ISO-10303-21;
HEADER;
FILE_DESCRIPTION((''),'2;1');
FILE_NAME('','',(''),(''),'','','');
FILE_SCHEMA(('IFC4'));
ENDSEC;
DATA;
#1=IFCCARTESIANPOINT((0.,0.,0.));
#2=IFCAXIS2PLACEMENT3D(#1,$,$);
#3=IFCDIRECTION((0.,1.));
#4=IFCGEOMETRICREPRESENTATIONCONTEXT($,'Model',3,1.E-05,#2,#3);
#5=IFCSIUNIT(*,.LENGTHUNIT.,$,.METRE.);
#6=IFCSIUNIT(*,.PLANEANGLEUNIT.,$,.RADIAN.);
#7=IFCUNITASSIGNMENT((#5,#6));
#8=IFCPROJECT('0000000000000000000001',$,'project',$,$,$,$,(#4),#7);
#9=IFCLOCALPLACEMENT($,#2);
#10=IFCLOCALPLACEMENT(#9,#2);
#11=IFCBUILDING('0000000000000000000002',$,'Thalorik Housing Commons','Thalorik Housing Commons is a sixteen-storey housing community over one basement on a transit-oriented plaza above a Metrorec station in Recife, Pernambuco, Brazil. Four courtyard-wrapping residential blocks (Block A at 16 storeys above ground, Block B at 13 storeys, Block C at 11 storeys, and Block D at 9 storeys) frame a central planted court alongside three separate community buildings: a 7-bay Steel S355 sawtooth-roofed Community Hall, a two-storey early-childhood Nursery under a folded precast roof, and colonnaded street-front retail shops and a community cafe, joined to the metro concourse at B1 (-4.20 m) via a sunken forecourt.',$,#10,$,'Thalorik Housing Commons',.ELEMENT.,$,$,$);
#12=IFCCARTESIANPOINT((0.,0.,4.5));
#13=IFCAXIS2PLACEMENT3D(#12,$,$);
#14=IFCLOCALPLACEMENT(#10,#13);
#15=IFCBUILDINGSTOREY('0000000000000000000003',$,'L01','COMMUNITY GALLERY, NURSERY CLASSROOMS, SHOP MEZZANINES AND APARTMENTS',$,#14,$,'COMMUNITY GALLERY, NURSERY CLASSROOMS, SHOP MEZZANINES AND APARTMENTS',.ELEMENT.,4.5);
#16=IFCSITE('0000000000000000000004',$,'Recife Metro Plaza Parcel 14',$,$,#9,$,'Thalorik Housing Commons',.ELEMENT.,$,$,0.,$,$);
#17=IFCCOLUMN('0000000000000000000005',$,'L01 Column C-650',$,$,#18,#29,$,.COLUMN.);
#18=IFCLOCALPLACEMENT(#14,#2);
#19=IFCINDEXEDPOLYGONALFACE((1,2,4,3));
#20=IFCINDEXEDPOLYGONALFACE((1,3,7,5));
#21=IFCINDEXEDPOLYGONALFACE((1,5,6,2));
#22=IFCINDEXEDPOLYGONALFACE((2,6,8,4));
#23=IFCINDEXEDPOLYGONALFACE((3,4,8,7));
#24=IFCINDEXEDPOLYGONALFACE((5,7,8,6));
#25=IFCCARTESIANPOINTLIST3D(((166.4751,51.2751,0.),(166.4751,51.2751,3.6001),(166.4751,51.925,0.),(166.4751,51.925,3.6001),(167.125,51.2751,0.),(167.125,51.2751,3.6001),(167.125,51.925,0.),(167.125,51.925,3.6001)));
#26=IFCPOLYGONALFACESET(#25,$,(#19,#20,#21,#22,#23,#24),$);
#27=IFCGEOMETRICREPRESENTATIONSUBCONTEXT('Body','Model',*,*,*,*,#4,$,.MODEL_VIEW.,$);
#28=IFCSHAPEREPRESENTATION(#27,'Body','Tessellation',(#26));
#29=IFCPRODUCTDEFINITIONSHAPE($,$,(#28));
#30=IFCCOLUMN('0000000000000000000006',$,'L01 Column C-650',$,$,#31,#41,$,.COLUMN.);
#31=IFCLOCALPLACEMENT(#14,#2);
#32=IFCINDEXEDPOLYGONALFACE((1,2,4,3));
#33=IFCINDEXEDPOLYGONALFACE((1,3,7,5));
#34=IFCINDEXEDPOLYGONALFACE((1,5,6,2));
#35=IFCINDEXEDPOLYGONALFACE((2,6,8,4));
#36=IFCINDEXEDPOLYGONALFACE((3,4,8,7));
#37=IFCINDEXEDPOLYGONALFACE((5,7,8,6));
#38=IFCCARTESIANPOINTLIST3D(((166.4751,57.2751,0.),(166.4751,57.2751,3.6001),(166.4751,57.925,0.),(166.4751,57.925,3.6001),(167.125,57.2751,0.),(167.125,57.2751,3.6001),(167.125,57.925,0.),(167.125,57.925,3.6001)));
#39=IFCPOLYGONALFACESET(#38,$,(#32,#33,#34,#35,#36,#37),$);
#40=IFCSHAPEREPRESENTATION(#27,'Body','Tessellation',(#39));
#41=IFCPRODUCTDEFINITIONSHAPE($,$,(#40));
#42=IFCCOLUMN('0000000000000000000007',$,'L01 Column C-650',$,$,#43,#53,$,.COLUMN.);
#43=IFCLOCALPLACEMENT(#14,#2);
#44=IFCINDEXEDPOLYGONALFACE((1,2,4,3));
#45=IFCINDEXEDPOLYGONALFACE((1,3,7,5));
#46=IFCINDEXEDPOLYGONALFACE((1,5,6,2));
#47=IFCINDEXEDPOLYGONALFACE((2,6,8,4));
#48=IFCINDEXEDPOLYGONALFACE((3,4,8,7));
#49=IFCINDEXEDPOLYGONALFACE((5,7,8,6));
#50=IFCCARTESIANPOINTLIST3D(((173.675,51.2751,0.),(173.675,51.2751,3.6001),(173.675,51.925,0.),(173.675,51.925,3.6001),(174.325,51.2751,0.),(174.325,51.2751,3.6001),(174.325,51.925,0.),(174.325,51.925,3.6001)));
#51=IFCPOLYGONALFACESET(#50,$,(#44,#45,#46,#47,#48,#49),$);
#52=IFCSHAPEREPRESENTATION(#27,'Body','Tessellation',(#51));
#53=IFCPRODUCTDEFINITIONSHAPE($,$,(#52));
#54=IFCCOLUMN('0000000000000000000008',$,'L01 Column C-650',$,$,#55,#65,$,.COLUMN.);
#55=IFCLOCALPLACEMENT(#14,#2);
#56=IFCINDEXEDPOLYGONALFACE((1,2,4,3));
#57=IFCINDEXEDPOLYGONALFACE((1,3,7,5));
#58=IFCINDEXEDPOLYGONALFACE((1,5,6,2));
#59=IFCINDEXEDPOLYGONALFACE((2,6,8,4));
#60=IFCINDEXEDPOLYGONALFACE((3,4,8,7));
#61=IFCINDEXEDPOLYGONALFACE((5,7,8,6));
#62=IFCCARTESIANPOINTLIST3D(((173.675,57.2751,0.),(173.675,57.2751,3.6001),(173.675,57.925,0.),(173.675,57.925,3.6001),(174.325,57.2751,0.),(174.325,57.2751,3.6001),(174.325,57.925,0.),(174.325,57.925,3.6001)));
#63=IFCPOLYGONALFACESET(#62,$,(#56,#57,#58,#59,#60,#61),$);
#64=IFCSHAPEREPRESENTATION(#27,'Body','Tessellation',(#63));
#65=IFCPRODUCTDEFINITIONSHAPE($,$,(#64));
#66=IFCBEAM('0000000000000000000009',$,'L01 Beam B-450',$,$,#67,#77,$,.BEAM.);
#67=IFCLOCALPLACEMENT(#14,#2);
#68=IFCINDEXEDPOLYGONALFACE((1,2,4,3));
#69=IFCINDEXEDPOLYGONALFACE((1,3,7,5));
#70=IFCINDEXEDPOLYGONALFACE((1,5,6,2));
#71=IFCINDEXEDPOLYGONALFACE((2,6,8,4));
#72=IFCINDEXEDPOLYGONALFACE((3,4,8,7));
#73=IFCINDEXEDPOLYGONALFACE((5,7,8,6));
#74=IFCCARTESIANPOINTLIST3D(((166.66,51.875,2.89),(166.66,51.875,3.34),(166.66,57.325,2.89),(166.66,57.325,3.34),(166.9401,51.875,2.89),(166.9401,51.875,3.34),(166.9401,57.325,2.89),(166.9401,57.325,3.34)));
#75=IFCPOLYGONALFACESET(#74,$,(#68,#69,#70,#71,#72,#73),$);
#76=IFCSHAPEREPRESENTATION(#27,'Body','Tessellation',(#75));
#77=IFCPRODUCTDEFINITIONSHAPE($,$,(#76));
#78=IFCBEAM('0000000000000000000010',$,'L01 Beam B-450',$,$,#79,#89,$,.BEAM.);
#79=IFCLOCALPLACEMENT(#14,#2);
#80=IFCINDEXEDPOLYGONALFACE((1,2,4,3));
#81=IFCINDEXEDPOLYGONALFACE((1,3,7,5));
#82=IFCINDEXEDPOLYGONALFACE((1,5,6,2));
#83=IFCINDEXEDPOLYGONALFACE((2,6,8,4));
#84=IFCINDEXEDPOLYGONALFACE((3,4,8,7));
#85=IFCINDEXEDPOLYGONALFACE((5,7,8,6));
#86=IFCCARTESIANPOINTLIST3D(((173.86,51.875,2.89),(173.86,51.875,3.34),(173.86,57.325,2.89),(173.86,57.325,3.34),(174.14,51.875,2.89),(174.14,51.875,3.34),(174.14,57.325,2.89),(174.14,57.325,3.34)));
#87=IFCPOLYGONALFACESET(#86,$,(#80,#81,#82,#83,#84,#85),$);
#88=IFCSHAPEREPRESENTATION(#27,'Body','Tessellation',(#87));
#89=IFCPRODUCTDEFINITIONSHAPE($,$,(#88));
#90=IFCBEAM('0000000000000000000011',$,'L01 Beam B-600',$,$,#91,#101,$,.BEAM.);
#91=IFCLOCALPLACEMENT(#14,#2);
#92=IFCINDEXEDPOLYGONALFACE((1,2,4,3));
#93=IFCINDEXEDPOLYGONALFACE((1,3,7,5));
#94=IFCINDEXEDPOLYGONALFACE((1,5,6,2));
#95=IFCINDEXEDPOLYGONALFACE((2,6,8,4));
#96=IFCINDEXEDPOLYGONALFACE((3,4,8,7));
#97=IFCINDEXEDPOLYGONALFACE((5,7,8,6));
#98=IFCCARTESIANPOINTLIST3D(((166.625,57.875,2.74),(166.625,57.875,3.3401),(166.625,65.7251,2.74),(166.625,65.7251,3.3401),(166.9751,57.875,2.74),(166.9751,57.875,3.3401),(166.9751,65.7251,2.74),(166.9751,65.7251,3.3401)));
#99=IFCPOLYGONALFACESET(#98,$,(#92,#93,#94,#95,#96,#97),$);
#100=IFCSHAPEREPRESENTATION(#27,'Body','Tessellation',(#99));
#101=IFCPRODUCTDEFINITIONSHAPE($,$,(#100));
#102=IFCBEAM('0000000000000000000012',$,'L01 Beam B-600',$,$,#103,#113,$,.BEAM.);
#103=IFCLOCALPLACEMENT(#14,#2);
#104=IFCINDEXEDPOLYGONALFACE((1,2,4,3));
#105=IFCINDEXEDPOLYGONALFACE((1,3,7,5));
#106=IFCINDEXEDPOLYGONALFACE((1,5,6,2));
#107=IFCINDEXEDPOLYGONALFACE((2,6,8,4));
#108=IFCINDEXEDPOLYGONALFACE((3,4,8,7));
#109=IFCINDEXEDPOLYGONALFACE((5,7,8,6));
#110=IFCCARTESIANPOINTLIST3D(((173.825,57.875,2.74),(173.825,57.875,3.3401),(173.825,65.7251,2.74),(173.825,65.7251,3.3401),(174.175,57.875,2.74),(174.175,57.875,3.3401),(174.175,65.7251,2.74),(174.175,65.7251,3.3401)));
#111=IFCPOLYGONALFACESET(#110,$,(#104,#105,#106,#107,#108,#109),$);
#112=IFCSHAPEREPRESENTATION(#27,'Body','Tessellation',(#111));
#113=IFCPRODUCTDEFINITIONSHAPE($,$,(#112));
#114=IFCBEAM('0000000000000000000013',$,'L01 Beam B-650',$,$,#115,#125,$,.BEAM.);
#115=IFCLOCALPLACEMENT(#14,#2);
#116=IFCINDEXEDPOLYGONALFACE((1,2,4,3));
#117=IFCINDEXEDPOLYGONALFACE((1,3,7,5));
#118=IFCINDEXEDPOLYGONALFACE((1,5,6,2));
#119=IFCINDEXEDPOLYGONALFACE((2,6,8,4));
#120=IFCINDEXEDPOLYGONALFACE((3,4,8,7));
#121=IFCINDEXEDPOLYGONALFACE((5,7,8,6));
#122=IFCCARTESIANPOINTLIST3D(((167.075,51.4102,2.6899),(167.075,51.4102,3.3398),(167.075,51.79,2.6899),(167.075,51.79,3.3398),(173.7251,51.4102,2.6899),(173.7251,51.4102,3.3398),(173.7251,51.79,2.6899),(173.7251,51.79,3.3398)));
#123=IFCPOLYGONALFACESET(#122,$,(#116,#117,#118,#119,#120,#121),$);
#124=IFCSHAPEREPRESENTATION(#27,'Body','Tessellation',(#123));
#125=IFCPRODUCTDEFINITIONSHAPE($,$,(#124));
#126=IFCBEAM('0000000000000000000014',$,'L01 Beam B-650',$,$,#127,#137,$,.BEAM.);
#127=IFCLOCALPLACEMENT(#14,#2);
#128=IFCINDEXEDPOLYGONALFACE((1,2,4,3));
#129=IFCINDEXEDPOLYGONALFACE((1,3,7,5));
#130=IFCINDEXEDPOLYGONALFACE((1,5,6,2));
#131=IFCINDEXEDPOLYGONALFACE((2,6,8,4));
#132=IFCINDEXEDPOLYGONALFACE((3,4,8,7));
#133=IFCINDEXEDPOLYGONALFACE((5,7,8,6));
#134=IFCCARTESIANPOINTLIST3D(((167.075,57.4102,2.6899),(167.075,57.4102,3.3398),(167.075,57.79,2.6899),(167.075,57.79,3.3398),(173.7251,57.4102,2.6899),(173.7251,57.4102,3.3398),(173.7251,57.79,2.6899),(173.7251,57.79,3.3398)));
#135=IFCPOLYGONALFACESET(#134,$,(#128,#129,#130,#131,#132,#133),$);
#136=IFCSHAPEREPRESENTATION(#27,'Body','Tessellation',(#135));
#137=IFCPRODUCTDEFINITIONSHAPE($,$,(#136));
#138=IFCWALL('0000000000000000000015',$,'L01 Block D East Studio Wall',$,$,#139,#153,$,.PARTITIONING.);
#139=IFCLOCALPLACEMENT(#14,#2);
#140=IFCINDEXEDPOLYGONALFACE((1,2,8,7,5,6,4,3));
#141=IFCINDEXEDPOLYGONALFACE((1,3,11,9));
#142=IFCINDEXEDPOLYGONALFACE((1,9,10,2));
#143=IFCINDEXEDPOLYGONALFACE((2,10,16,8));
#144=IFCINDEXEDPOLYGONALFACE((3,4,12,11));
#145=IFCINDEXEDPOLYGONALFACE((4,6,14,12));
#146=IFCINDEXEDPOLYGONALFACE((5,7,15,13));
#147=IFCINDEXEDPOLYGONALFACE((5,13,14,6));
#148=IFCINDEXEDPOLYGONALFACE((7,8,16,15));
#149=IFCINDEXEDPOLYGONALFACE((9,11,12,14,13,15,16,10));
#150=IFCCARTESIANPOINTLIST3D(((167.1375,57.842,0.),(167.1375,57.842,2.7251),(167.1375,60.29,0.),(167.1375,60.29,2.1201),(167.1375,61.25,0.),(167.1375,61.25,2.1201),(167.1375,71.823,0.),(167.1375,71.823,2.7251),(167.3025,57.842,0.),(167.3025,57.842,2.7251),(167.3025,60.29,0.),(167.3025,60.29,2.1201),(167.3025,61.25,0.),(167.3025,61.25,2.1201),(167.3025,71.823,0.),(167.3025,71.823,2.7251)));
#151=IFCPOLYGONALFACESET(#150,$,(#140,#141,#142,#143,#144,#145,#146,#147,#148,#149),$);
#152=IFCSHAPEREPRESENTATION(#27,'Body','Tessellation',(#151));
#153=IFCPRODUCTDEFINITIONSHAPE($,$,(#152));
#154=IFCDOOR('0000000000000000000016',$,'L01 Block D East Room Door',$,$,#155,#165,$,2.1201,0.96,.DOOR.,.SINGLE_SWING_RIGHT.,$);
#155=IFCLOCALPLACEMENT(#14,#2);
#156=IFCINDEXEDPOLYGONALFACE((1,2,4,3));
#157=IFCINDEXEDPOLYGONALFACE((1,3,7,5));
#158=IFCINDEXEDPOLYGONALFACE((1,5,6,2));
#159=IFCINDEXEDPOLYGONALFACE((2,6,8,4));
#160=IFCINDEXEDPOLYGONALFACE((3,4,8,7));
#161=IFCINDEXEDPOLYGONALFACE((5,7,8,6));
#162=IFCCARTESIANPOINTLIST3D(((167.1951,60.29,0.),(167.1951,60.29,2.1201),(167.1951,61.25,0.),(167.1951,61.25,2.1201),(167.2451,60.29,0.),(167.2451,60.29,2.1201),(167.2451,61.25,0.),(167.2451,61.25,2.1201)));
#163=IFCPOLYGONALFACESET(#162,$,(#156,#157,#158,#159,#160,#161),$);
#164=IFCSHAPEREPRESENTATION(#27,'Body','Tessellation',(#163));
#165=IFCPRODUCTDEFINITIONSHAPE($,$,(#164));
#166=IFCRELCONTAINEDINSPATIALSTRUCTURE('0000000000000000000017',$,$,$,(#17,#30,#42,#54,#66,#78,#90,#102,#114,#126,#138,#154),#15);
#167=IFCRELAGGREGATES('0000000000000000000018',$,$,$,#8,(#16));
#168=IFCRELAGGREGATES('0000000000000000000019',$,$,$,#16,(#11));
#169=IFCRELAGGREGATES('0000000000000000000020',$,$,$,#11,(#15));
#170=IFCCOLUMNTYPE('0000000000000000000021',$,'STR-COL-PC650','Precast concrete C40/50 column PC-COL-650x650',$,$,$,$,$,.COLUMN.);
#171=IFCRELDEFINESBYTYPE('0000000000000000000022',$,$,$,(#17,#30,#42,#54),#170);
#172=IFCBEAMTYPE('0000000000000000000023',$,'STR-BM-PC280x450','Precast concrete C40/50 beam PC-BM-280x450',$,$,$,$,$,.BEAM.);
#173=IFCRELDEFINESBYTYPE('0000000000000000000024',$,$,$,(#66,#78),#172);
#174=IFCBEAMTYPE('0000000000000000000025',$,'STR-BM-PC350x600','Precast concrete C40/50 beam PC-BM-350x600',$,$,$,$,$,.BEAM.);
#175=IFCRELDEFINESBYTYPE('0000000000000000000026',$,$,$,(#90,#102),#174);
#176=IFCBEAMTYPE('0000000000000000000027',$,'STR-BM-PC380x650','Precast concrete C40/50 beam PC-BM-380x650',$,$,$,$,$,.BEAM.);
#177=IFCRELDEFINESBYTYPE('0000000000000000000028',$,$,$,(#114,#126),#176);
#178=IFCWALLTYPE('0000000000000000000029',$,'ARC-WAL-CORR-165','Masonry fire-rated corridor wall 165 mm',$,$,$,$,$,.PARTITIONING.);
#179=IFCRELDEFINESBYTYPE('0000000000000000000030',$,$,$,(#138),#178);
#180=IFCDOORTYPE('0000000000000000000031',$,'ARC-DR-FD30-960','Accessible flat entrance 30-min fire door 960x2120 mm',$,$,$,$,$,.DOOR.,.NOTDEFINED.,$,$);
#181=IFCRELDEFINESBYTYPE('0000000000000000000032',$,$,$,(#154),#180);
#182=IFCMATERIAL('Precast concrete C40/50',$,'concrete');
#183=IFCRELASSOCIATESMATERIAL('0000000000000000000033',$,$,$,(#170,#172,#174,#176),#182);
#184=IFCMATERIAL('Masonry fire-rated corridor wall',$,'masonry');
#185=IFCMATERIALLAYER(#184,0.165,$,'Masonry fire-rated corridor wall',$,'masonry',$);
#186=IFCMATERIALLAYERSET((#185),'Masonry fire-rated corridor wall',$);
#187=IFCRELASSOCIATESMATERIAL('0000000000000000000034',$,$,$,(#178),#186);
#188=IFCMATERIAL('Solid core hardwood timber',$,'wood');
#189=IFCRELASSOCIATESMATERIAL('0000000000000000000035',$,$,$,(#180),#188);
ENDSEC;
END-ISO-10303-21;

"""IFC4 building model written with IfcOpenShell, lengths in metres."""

from ifc_helpers import new_model, si_unit, direction, frame, frame_2d, origin, origin_2d, place, context, subcontext, project, spatial, rectangle, extrude, material, layer, layer_set, material_profile, profile_set, type_object, element, fill, save


model = new_model("IFC4")

# Units and contexts
model_context = context("Model", 3, precision=1e-05, world=origin(), true_north=direction((0.0, 1.0)))
body_context = subcontext(model_context, "Body", "Model", "MODEL_VIEW")
ifc_project = project(units=[si_unit("LENGTHUNIT", "METRE"), si_unit("PLANEANGLEUNIT", "RADIAN")], contexts=[model_context])

# Site, building, storey
site_placement = place(None, origin())
site = spatial("IfcSite", under=ifc_project, at=site_placement, Name="Recife Metro Plaza Parcel 14", LongName="Thalorik Housing Commons", CompositionType="ELEMENT", RefElevation=0.0)
building_placement = place(site_placement, origin())
building = spatial("IfcBuilding", under=site, at=building_placement, Name="Thalorik Housing Commons", Description="Thalorik Housing Commons is a sixteen-storey housing community over one basement on a transit-oriented plaza above a Metrorec station in Recife, Pernambuco, Brazil. Four courtyard-wrapping residential blocks (Block A at 16 storeys above ground, Block B at 13 storeys, Block C at 11 storeys, and Block D at 9 storeys) frame a central planted court alongside three separate community buildings: a 7-bay Steel S355 sawtooth-roofed Community Hall, a two-storey early-childhood Nursery under a folded precast roof, and colonnaded street-front retail shops and a community cafe, joined to the metro concourse at B1 (-4.20 m) via a sunken forecourt.", LongName="Thalorik Housing Commons", CompositionType="ELEMENT")
storey_placement = place(building_placement, frame((0.0, 0.0, 4.5)))
storey = spatial("IfcBuildingStorey", under=building, at=storey_placement, Name="L01", Description="COMMUNITY GALLERY, NURSERY CLASSROOMS, SHOP MEZZANINES AND APARTMENTS", LongName="COMMUNITY GALLERY, NURSERY CLASSROOMS, SHOP MEZZANINES AND APARTMENTS", CompositionType="ELEMENT", Elevation=4.5)

# Columns
ifc_material_1 = material(Name="Precast concrete C40/50", Category="concrete")
ifc_material_profile_1 = material_profile(ifc_material_1, rectangle(XDim=0.6499, YDim=0.6499, at=origin_2d()), Name="PC 650x650", Category="concrete")
ifc_profile_set_1 = profile_set([ifc_material_profile_1], Name="Precast concrete C40/50")
column_type = type_object("IfcColumnType", Name="STR-COL-PC650", Description="Precast concrete C40/50 column PC-COL-650x650", PredefinedType="COLUMN", material=ifc_profile_set_1)
for number, where, z_axis, x_axis, name in (
    (1, (166.8, 51.6001, 0.0), (0.0, 0.0, 1.0), (1.0, 0.0, 0.0), "L01 Column C-650"),
    (2, (166.8, 57.6001, 0.0), (0.0, 0.0, 1.0), (1.0, 0.0, 0.0), "L01 Column C-650"),
    (3, (174.0, 51.6001, 0.0), (0.0, 0.0, 1.0), (1.0, 0.0, 0.0), "L01 Column C-650"),
    (4, (174.0, 57.6001, 0.0), (0.0, 0.0, 1.0), (1.0, 0.0, 0.0), "L01 Column C-650"),
):
    element("IfcColumn", number, at=place(storey_placement, frame(where, z_axis=z_axis, x_axis=x_axis)), inside=storey, type_object=column_type, Name=name, PredefinedType="COLUMN", context=body_context, shape_type="SweptSolid", body=[
        extrude(rectangle(XDim=0.6499, YDim=0.6499, at=origin_2d()), origin(), (0.0, 0.0, 1.0), 3.6001),
    ])

# Beams
ifc_material_profile_2 = material_profile(ifc_material_1, rectangle(XDim=0.28, YDim=0.45, at=origin_2d()), Name="PC 280x450", Category="concrete")
ifc_profile_set_2 = profile_set([ifc_material_profile_2], Name="Precast concrete C40/50")
beam_type_1 = type_object("IfcBeamType", Name="STR-BM-PC280x450", Description="Precast concrete C40/50 beam PC-BM-280x450", PredefinedType="BEAM", material=ifc_profile_set_2)
for number, where, z_axis, x_axis, name in (
    (5, (166.8, 51.875, 3.115), (0.0, 1.0, 0.0), (-1.0, 0.0, 0.0), "L01 Beam B-450"),
    (6, (174.0, 51.875, 3.115), (0.0, 1.0, 0.0), (-1.0, 0.0, 0.0), "L01 Beam B-450"),
):
    element("IfcBeam", number, at=place(storey_placement, frame(where, z_axis=z_axis, x_axis=x_axis)), inside=storey, type_object=beam_type_1, Name=name, PredefinedType="BEAM", context=body_context, shape_type="SweptSolid", body=[
        extrude(rectangle(XDim=0.28, YDim=0.45, at=origin_2d()), origin(), (0.0, 0.0, 1.0), 5.45),
    ])
ifc_material_profile_3 = material_profile(ifc_material_1, rectangle(XDim=0.3501, YDim=0.6001, at=origin_2d()), Name="PC 350x600", Category="concrete")
ifc_profile_set_3 = profile_set([ifc_material_profile_3], Name="Precast concrete C40/50")
beam_type_2 = type_object("IfcBeamType", Name="STR-BM-PC350x600", Description="Precast concrete C40/50 beam PC-BM-350x600", PredefinedType="BEAM", material=ifc_profile_set_3)
for number, where, z_axis, x_axis, name in (
    (7, (166.8, 57.875, 3.04), (0.0, 1.0, 0.0), (-1.0, 0.0, 0.0), "L01 Beam B-600"),
    (8, (174.0, 57.875, 3.04), (0.0, 1.0, 0.0), (-1.0, 0.0, 0.0), "L01 Beam B-600"),
):
    element("IfcBeam", number, at=place(storey_placement, frame(where, z_axis=z_axis, x_axis=x_axis)), inside=storey, type_object=beam_type_2, Name=name, PredefinedType="BEAM", context=body_context, shape_type="SweptSolid", body=[
        extrude(rectangle(XDim=0.3501, YDim=0.6001, at=origin_2d()), origin(), (0.0, 0.0, 1.0), 7.8501),
    ])
ifc_material_profile_4 = material_profile(ifc_material_1, rectangle(XDim=0.3799, YDim=0.6499, at=origin_2d()), Name="PC 380x650", Category="concrete")
ifc_profile_set_4 = profile_set([ifc_material_profile_4], Name="Precast concrete C40/50")
beam_type_3 = type_object("IfcBeamType", Name="STR-BM-PC380x650", Description="Precast concrete C40/50 beam PC-BM-380x650", PredefinedType="BEAM", material=ifc_profile_set_4)
for number, where, z_axis, x_axis, name in (
    (9, (167.075, 51.6001, 3.0149), (1.0, 0.0, 0.0), (0.0, 1.0, 0.0), "L01 Beam B-650"),
    (10, (167.075, 57.6001, 3.0149), (1.0, 0.0, 0.0), (0.0, 1.0, 0.0), "L01 Beam B-650"),
):
    element("IfcBeam", number, at=place(storey_placement, frame(where, z_axis=z_axis, x_axis=x_axis)), inside=storey, type_object=beam_type_3, Name=name, PredefinedType="BEAM", context=body_context, shape_type="SweptSolid", body=[
        extrude(rectangle(XDim=0.3799, YDim=0.6499, at=origin_2d()), origin(), (0.0, 0.0, 1.0), 6.6501),
    ])

# Wall, opening, door
ifc_material_2 = material(Name="Masonry fire-rated corridor wall", Category="masonry")
ifc_layer_1 = layer(ifc_material_2, 0.165, Name="Masonry fire-rated corridor wall", Category="masonry")
ifc_layer_set_1 = layer_set([ifc_layer_1], Name="Masonry fire-rated corridor wall")
wall_type_1 = type_object("IfcWallType", Name="ARC-WAL-CORR-165", Description="Masonry fire-rated corridor wall 165 mm", PredefinedType="PARTITIONING", material=ifc_layer_set_1)
wall_1_placement = place(storey_placement, frame((167.22, 57.842, 0.0), z_axis=(0.0, 0.0, 1.0), x_axis=(0.0, 1.0, 0.0)))
wall_1 = element("IfcWall", 11, at=wall_1_placement, inside=storey, type_object=wall_type_1, Name="L01 Block D East Studio Wall", PredefinedType="PARTITIONING", context=body_context, shape_type="SweptSolid", body=[
    extrude(rectangle(XDim=13.981, YDim=0.165, at=frame_2d((6.9905, 0.0))), origin(), (0.0, 0.0, 1.0), 2.7251),
])
opening_1_placement = place(wall_1_placement, frame((2.448, 0.0, 0.0)))
opening_1 = element("IfcOpeningElement", 12, at=opening_1_placement, cuts=wall_1, PredefinedType="OPENING", context=body_context, shape_type="SweptSolid", body=[
    extrude(rectangle(XDim=0.96, YDim=2.1201, at=frame_2d((0.48, 1.0601))), frame((0.0, 0.0925, 0.0), z_axis=(0.0, -1.0, 0.0), x_axis=(1.0, 0.0, 0.0)), (0.0, 0.0, 1.0), 0.1851),
])
ifc_material_3 = material(Name="Solid core hardwood timber", Category="wood")
door_type = type_object("IfcDoorType", Name="ARC-DR-FD30-960", Description="Accessible flat entrance 30-min fire door 960x2120 mm", OperationType="NOTDEFINED", PredefinedType="DOOR", material=ifc_material_3)
door_placement = place(opening_1_placement, origin())
door = element("IfcDoor", 13, at=door_placement, inside=storey, type_object=door_type, Name="L01 Block D East Room Door", OperationType="SINGLE_SWING_RIGHT", OverallHeight=2.1201, OverallWidth=0.96, PredefinedType="DOOR", context=body_context, shape_type="SweptSolid", body=[
    extrude(rectangle(XDim=0.96, YDim=2.1201, at=frame_2d((0.48, 1.0601))), frame((0.0, 0.0249, 0.0), z_axis=(0.0, -1.0, 0.0), x_axis=(1.0, 0.0, 0.0)), (0.0, 0.0, 1.0), 0.05),
])
fill(opening_1, door)

save(model, "model.ifc")
